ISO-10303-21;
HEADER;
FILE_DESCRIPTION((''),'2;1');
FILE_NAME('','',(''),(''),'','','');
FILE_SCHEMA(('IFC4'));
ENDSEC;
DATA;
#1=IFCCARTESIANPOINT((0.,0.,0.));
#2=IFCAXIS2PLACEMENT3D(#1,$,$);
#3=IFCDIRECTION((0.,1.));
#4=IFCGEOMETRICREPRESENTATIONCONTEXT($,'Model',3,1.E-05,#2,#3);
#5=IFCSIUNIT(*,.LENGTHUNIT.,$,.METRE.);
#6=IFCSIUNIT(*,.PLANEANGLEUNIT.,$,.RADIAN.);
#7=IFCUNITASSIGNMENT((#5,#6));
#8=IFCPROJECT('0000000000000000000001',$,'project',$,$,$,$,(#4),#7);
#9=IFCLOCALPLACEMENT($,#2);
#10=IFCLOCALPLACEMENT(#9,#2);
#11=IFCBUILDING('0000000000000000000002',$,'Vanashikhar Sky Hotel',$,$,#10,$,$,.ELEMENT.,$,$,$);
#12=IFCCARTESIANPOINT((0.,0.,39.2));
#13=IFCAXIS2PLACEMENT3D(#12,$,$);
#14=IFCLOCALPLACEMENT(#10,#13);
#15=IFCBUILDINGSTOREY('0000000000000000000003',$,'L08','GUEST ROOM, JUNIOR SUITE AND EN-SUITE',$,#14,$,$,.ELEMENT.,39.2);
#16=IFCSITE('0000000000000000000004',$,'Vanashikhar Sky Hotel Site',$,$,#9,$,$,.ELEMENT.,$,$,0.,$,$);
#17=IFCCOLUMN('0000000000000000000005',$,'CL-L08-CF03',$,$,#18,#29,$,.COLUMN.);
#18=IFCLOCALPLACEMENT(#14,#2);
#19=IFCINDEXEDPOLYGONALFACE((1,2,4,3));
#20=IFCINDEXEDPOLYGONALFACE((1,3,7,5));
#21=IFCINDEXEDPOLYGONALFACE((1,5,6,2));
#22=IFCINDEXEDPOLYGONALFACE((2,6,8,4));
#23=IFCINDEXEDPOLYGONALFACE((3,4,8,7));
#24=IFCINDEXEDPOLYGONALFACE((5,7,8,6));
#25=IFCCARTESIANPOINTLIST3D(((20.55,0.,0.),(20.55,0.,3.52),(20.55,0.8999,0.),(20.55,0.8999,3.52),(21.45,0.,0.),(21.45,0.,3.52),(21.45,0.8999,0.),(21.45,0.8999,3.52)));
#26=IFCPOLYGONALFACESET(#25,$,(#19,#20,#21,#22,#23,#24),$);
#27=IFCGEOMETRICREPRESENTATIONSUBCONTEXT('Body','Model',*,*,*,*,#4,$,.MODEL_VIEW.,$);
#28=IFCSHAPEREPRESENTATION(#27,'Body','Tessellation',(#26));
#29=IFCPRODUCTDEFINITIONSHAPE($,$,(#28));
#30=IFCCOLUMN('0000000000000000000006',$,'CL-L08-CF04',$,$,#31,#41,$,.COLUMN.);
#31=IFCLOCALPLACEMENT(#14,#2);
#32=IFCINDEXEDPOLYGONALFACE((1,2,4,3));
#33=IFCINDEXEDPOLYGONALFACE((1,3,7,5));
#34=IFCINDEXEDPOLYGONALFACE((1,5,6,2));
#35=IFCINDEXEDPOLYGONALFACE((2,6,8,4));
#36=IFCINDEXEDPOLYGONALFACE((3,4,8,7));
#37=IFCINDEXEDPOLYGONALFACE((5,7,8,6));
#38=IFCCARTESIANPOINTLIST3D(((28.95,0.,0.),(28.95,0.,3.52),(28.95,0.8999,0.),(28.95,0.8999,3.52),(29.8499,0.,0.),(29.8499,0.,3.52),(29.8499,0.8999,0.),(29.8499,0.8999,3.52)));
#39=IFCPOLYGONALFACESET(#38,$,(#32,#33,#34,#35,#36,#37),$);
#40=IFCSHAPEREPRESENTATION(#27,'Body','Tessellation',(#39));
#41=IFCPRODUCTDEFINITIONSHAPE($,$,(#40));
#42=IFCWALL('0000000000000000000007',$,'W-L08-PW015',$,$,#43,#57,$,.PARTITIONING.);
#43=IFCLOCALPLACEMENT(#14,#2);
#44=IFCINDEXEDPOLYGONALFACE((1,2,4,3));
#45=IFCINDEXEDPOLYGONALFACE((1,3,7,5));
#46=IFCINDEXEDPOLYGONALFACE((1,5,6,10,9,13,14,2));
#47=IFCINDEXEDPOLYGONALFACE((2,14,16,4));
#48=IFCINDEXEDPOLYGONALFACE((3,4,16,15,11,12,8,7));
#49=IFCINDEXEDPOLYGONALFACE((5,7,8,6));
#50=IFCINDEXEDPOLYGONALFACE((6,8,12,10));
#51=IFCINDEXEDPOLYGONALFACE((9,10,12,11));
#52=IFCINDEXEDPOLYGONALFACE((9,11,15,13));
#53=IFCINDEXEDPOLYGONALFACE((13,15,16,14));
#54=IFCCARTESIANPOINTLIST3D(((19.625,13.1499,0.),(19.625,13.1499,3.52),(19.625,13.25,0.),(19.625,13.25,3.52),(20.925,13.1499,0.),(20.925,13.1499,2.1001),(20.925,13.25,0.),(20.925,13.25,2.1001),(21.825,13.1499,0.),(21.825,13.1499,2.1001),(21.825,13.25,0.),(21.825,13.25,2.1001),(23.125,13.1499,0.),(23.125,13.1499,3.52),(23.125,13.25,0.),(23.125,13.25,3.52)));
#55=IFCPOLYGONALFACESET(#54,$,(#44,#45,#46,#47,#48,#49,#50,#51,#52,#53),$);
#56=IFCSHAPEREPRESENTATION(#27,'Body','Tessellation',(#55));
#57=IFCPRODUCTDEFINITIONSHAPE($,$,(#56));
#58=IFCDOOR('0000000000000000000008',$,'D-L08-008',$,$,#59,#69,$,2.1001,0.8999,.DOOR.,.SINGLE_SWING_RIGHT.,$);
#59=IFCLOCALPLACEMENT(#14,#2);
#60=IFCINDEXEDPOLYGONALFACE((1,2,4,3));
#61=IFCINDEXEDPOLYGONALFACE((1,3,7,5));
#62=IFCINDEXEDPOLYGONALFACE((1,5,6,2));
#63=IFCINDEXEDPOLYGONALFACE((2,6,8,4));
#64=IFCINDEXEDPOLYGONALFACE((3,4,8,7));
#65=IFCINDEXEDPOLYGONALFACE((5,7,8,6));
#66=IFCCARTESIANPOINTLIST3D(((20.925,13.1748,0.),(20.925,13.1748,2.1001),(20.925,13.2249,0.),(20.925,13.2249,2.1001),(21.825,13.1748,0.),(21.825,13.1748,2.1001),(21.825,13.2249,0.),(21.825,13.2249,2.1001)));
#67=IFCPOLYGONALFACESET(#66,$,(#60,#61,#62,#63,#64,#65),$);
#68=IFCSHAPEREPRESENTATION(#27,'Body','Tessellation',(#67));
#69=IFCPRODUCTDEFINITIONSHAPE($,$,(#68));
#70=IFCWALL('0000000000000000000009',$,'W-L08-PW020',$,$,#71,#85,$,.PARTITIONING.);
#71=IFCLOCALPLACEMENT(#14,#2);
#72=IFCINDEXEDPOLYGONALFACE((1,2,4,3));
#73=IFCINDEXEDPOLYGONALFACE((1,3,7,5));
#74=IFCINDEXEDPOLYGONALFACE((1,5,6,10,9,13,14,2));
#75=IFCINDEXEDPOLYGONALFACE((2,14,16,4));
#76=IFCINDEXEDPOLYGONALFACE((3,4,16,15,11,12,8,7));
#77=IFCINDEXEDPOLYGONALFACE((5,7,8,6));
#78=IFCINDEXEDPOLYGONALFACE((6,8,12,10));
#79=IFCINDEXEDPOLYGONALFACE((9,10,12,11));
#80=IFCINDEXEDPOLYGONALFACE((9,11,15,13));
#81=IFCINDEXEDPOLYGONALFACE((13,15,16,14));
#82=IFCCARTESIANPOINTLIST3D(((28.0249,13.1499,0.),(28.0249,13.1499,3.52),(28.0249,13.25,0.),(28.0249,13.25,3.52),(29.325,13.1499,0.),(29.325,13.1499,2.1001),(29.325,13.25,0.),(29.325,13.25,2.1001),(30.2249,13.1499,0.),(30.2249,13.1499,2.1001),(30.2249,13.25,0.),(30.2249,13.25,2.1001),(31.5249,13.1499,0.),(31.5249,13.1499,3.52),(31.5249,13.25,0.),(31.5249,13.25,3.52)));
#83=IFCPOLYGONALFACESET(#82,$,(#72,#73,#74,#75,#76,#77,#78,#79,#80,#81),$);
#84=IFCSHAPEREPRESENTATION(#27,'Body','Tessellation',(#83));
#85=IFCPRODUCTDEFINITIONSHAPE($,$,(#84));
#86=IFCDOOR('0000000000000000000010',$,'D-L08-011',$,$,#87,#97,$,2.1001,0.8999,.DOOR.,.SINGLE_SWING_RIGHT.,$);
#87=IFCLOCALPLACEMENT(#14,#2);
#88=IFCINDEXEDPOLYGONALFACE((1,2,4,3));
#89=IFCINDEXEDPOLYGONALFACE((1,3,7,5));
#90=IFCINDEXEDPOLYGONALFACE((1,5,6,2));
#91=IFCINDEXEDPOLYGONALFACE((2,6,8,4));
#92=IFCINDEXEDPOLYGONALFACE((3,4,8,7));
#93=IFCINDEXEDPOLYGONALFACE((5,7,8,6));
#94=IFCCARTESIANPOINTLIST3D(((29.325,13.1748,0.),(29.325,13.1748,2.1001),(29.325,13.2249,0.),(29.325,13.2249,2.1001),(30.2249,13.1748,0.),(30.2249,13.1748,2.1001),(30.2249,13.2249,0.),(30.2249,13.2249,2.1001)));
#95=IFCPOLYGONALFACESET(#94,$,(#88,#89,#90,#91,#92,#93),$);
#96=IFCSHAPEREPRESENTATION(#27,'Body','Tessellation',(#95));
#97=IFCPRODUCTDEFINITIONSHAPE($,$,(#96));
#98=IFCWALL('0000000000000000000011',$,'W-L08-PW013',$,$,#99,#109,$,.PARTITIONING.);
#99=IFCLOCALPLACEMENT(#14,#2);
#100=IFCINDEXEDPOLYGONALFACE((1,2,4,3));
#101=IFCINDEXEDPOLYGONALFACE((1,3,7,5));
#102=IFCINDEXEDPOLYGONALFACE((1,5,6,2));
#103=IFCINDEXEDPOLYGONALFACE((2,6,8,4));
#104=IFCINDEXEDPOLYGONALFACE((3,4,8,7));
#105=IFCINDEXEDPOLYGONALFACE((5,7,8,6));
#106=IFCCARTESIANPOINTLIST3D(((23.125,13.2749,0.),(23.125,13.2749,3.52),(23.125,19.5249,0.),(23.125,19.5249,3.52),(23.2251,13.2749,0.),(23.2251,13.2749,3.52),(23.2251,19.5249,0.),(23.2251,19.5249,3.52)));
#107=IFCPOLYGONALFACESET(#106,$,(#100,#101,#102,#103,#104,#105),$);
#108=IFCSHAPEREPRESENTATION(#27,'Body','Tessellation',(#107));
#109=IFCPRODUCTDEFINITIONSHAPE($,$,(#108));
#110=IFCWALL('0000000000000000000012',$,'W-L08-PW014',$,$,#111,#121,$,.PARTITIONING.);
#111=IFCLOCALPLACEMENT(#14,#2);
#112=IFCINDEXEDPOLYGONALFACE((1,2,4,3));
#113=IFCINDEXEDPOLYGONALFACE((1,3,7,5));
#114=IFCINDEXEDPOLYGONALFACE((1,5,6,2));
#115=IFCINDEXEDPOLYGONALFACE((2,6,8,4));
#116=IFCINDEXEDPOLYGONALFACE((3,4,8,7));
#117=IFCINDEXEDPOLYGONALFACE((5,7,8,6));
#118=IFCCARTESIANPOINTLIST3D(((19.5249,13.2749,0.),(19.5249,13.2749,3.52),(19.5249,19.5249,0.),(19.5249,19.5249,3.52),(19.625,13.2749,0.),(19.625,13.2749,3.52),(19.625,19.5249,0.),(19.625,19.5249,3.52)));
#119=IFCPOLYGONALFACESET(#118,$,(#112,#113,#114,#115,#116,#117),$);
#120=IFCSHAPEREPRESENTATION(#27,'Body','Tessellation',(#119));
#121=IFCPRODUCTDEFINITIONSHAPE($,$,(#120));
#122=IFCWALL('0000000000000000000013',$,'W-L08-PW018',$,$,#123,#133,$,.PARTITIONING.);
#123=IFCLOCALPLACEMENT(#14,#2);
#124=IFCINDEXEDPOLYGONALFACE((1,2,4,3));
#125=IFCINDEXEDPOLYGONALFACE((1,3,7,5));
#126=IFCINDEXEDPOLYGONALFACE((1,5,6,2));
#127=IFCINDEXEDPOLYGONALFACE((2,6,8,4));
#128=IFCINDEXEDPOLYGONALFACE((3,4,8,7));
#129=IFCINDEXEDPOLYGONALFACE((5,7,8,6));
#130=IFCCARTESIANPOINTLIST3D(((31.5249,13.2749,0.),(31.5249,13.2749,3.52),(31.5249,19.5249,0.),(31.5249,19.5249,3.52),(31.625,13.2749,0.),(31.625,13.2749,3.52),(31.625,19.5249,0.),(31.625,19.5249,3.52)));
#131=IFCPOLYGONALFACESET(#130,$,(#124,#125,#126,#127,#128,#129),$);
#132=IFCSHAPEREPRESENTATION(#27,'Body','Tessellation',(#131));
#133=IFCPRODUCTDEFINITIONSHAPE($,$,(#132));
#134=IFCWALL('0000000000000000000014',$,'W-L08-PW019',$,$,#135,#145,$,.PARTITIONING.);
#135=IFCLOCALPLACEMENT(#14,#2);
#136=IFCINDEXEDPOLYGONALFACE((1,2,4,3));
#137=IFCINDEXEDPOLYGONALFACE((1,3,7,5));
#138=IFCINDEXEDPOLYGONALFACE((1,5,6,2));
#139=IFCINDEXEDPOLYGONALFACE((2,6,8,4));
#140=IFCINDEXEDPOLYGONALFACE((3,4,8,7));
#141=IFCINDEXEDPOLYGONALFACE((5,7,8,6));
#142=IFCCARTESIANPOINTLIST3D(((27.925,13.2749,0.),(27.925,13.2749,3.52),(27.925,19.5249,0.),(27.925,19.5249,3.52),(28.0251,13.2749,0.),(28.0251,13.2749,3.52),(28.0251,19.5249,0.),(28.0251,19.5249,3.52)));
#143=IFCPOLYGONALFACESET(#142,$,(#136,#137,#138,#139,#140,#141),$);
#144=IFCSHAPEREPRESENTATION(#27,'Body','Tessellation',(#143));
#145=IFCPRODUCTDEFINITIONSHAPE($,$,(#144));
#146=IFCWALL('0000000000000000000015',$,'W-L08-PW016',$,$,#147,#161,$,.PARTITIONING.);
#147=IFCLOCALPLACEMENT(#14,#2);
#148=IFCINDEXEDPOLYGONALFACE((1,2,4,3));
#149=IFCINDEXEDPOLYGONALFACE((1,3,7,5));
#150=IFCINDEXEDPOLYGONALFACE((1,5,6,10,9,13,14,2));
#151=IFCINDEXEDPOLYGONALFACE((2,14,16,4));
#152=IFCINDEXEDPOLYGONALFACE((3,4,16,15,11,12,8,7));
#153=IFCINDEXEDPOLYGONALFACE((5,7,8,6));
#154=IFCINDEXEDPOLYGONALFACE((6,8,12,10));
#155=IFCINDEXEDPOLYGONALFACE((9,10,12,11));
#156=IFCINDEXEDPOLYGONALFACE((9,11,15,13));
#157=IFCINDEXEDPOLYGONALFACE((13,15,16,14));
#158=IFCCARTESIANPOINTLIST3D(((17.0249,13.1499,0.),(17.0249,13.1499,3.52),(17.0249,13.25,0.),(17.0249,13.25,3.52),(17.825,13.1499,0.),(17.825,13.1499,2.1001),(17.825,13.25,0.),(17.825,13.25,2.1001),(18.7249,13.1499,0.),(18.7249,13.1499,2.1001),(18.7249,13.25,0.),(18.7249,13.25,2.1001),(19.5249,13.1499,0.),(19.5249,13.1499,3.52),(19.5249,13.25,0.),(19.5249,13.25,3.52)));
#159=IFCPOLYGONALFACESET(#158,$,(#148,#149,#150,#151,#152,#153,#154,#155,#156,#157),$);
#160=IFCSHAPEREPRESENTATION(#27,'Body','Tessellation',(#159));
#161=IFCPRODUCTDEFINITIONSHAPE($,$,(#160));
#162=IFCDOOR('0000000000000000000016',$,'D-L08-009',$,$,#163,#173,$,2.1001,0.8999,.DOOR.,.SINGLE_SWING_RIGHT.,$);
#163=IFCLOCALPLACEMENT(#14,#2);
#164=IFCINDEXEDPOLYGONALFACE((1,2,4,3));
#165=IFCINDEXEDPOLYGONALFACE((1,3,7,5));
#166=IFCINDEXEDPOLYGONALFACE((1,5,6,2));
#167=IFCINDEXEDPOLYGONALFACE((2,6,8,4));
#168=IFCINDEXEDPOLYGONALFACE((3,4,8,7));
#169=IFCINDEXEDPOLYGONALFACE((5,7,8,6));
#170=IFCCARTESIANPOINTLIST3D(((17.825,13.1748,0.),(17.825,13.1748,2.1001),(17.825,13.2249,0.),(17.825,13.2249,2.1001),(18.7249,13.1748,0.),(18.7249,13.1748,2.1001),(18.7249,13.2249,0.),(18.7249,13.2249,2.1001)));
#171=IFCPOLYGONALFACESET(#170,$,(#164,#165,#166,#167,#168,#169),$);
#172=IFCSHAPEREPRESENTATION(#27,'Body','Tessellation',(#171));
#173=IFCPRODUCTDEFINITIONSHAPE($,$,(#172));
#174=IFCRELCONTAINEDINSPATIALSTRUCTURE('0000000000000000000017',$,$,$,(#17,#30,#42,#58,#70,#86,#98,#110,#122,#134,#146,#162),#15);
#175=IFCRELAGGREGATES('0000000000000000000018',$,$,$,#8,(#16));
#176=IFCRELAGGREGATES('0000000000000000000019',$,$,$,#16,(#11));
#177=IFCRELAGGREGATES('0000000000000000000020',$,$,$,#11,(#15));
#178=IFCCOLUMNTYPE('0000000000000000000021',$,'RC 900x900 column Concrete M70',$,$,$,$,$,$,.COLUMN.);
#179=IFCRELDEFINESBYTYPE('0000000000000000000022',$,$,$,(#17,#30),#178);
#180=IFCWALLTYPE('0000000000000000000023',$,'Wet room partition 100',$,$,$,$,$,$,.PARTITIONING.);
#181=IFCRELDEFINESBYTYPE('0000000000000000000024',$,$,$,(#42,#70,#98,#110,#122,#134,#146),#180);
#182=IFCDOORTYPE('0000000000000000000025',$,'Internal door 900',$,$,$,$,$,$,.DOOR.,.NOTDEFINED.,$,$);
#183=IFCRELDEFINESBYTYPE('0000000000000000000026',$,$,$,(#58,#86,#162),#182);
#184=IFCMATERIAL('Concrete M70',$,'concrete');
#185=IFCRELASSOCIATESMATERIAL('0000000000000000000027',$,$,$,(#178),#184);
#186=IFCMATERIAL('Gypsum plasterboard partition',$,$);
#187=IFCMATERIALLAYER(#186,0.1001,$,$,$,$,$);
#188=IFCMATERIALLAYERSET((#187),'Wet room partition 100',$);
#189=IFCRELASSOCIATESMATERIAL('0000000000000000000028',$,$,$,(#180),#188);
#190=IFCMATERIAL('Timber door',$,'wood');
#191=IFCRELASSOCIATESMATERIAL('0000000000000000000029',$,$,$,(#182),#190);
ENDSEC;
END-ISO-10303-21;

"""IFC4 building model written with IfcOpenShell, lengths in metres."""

from ifc_helpers import new_model, si_unit, direction, frame, frame_2d, origin, origin_2d, place, context, subcontext, project, spatial, rectangle, extrude, source, transform, mapped, material, layer, layer_set, material_profile, profile_set, type_object, element, fill, save


model = new_model("IFC4")

# Units and contexts
model_context = context("Model", 3, precision=1e-05, world=origin(), true_north=direction((0.0, 1.0)))
body_context = subcontext(model_context, "Body", "Model", "MODEL_VIEW")
ifc_project = project(units=[si_unit("LENGTHUNIT", "METRE"), si_unit("PLANEANGLEUNIT", "RADIAN")], contexts=[model_context])

# Site, building, storey
site_placement = place(None, origin())
site = spatial("IfcSite", under=ifc_project, at=site_placement, Name="Vanashikhar Sky Hotel Site", CompositionType="ELEMENT", RefElevation=0.0)
building_placement = place(site_placement, origin())
building = spatial("IfcBuilding", under=site, at=building_placement, Name="Vanashikhar Sky Hotel", CompositionType="ELEMENT")
storey_placement = place(building_placement, frame((0.0, 0.0, 39.2)))
storey = spatial("IfcBuildingStorey", under=building, at=storey_placement, Name="L08", Description="GUEST ROOM, JUNIOR SUITE AND EN-SUITE", CompositionType="ELEMENT", Elevation=39.2)

# Columns
ifc_material_1 = material(Name="Concrete M70", Category="concrete")
ifc_material_profile = material_profile(ifc_material_1, rectangle(XDim=0.8999, YDim=0.8999, at=origin_2d()))
ifc_profile_set = profile_set([ifc_material_profile], Name="RC 900x900 column Concrete M70")
column_type = type_object("IfcColumnType", Name="RC 900x900 column Concrete M70", PredefinedType="COLUMN", material=ifc_profile_set)
shared_shape_1 = source(origin(), body_context, "Body", "SweptSolid", [
    extrude(rectangle(XDim=0.8999, YDim=0.8999, at=origin_2d()), origin(), (0.0, 0.0, 1.0), 3.52),
])
for number, where, z_axis, x_axis, name in (
    (1, (21.0, 0.45, 0.0), (0.0, 0.0, 1.0), (1.0, 0.0, 0.0), "CL-L08-CF03"),
    (2, (29.3999, 0.45, 0.0), (0.0, 0.0, 1.0), (1.0, 0.0, 0.0), "CL-L08-CF04"),
):
    element("IfcColumn", number, at=place(storey_placement, frame(where, z_axis=z_axis, x_axis=x_axis)), inside=storey, type_object=column_type, Name=name, PredefinedType="COLUMN", context=body_context, shape_type="MappedRepresentation", body=[
        mapped(shared_shape_1, transform((0.0, 0.0, 0.0), scale=1.0)),
    ])

# Walls, openings, doors
ifc_material_2 = material(Name="Gypsum plasterboard partition")
ifc_layer_1 = layer(ifc_material_2, 0.1001)
ifc_layer_set_1 = layer_set([ifc_layer_1], Name="Wet room partition 100")
wall_type_1 = type_object("IfcWallType", Name="Wet room partition 100", PredefinedType="PARTITIONING", material=ifc_layer_set_1)
shared_shape_2 = source(origin(), body_context, "Body", "SweptSolid", [
    extrude(rectangle(XDim=3.5, YDim=0.1001, at=frame_2d((1.75, 0.0))), origin(), (0.0, 0.0, 1.0), 3.52),
])
wall_1_placement = place(storey_placement, frame((19.625, 13.2, 0.0), z_axis=(0.0, 0.0, 1.0), x_axis=(1.0, 0.0, 0.0)))
wall_1 = element("IfcWall", 3, at=wall_1_placement, inside=storey, type_object=wall_type_1, Name="W-L08-PW015", PredefinedType="PARTITIONING", context=body_context, shape_type="MappedRepresentation", body=[
    mapped(shared_shape_2, transform((0.0, 0.0, 0.0), scale=1.0)),
])
shared_shape_3 = source(origin(), body_context, "Body", "SweptSolid", [
    extrude(rectangle(XDim=0.8999, YDim=2.1001, at=frame_2d((0.45, 1.05))), frame((0.0, 0.0601, 0.0), z_axis=(0.0, -1.0, 0.0), x_axis=(1.0, 0.0, 0.0)), (0.0, 0.0, 1.0), 0.1201),
])
opening_1_placement = place(wall_1_placement, frame((1.3, 0.0, 0.0)))
opening_1 = element("IfcOpeningElement", 4, at=opening_1_placement, cuts=wall_1, PredefinedType="OPENING", context=body_context, shape_type="MappedRepresentation", body=[
    mapped(shared_shape_3, transform((0.0, 0.0, 0.0), scale=1.0)),
])
ifc_material_3 = material(Name="Timber door", Category="wood")
door_type_1 = type_object("IfcDoorType", Name="Internal door 900", OperationType="NOTDEFINED", PredefinedType="DOOR", material=ifc_material_3)
shared_shape_4 = source(origin(), body_context, "Body", "SweptSolid", [
    extrude(rectangle(XDim=0.8999, YDim=2.1001, at=frame_2d((0.45, 1.05))), frame((0.0, 0.0249, 0.0), z_axis=(0.0, -1.0, 0.0), x_axis=(1.0, 0.0, 0.0)), (0.0, 0.0, 1.0), 0.05),
])
door_1_placement = place(opening_1_placement, origin())
door_1 = element("IfcDoor", 5, at=door_1_placement, inside=storey, type_object=door_type_1, Name="D-L08-008", OperationType="SINGLE_SWING_RIGHT", OverallHeight=2.1001, OverallWidth=0.8999, PredefinedType="DOOR", context=body_context, shape_type="MappedRepresentation", body=[
    mapped(shared_shape_4, transform((0.0, 0.0, 0.0), scale=1.0)),
])
fill(opening_1, door_1)
wall_2_placement = place(storey_placement, frame((28.0249, 13.2, 0.0), z_axis=(0.0, 0.0, 1.0), x_axis=(1.0, 0.0, 0.0)))
wall_2 = element("IfcWall", 6, at=wall_2_placement, inside=storey, type_object=wall_type_1, Name="W-L08-PW020", PredefinedType="PARTITIONING", context=body_context, shape_type="MappedRepresentation", body=[
    mapped(shared_shape_2, transform((0.0, 0.0, 0.0), scale=1.0)),
])
opening_2_placement = place(wall_2_placement, frame((1.3, 0.0, 0.0)))
opening_2 = element("IfcOpeningElement", 7, at=opening_2_placement, cuts=wall_2, PredefinedType="OPENING", context=body_context, shape_type="MappedRepresentation", body=[
    mapped(shared_shape_3, transform((0.0, 0.0, 0.0), scale=1.0)),
])
door_2_placement = place(opening_2_placement, origin())
door_2 = element("IfcDoor", 8, at=door_2_placement, inside=storey, type_object=door_type_1, Name="D-L08-011", OperationType="SINGLE_SWING_RIGHT", OverallHeight=2.1001, OverallWidth=0.8999, PredefinedType="DOOR", context=body_context, shape_type="MappedRepresentation", body=[
    mapped(shared_shape_4, transform((0.0, 0.0, 0.0), scale=1.0)),
])
fill(opening_2, door_2)

# Walls
shared_shape_5 = source(origin(), body_context, "Body", "SweptSolid", [
    extrude(rectangle(XDim=6.25, YDim=0.1001, at=frame_2d((3.125, 0.0))), origin(), (0.0, 0.0, 1.0), 3.52),
])
for number, where, z_axis, x_axis, name in (
    (9, (23.175, 13.2749, 0.0), (0.0, 0.0, 1.0), (0.0, 1.0, 0.0), "W-L08-PW013"),
    (10, (19.575, 13.2749, 0.0), (0.0, 0.0, 1.0), (0.0, 1.0, 0.0), "W-L08-PW014"),
    (11, (31.575, 13.2749, 0.0), (0.0, 0.0, 1.0), (0.0, 1.0, 0.0), "W-L08-PW018"),
    (12, (27.9751, 13.2749, 0.0), (0.0, 0.0, 1.0), (0.0, 1.0, 0.0), "W-L08-PW019"),
):
    element("IfcWall", number, at=place(storey_placement, frame(where, z_axis=z_axis, x_axis=x_axis)), inside=storey, type_object=wall_type_1, Name=name, PredefinedType="PARTITIONING", context=body_context, shape_type="MappedRepresentation", body=[
        mapped(shared_shape_5, transform((0.0, 0.0, 0.0), scale=1.0)),
    ])

# Wall, opening, door
shared_shape_6 = source(origin(), body_context, "Body", "SweptSolid", [
    extrude(rectangle(XDim=2.5, YDim=0.1001, at=frame_2d((1.25, 0.0))), origin(), (0.0, 0.0, 1.0), 3.52),
])
wall_3_placement = place(storey_placement, frame((17.0249, 13.2, 0.0), z_axis=(0.0, 0.0, 1.0), x_axis=(1.0, 0.0, 0.0)))
wall_3 = element("IfcWall", 13, at=wall_3_placement, inside=storey, type_object=wall_type_1, Name="W-L08-PW016", PredefinedType="PARTITIONING", context=body_context, shape_type="MappedRepresentation", body=[
    mapped(shared_shape_6, transform((0.0, 0.0, 0.0), scale=1.0)),
])
opening_3_placement = place(wall_3_placement, frame((0.8, 0.0, 0.0)))
opening_3 = element("IfcOpeningElement", 14, at=opening_3_placement, cuts=wall_3, PredefinedType="OPENING", context=body_context, shape_type="MappedRepresentation", body=[
    mapped(shared_shape_3, transform((0.0, 0.0, 0.0), scale=1.0)),
])
door_3_placement = place(opening_3_placement, origin())
door_3 = element("IfcDoor", 15, at=door_3_placement, inside=storey, type_object=door_type_1, Name="D-L08-009", OperationType="SINGLE_SWING_RIGHT", OverallHeight=2.1001, OverallWidth=0.8999, PredefinedType="DOOR", context=body_context, shape_type="MappedRepresentation", body=[
    mapped(shared_shape_4, transform((0.0, 0.0, 0.0), scale=1.0)),
])
fill(opening_3, door_3)

save(model, "model.ifc")
